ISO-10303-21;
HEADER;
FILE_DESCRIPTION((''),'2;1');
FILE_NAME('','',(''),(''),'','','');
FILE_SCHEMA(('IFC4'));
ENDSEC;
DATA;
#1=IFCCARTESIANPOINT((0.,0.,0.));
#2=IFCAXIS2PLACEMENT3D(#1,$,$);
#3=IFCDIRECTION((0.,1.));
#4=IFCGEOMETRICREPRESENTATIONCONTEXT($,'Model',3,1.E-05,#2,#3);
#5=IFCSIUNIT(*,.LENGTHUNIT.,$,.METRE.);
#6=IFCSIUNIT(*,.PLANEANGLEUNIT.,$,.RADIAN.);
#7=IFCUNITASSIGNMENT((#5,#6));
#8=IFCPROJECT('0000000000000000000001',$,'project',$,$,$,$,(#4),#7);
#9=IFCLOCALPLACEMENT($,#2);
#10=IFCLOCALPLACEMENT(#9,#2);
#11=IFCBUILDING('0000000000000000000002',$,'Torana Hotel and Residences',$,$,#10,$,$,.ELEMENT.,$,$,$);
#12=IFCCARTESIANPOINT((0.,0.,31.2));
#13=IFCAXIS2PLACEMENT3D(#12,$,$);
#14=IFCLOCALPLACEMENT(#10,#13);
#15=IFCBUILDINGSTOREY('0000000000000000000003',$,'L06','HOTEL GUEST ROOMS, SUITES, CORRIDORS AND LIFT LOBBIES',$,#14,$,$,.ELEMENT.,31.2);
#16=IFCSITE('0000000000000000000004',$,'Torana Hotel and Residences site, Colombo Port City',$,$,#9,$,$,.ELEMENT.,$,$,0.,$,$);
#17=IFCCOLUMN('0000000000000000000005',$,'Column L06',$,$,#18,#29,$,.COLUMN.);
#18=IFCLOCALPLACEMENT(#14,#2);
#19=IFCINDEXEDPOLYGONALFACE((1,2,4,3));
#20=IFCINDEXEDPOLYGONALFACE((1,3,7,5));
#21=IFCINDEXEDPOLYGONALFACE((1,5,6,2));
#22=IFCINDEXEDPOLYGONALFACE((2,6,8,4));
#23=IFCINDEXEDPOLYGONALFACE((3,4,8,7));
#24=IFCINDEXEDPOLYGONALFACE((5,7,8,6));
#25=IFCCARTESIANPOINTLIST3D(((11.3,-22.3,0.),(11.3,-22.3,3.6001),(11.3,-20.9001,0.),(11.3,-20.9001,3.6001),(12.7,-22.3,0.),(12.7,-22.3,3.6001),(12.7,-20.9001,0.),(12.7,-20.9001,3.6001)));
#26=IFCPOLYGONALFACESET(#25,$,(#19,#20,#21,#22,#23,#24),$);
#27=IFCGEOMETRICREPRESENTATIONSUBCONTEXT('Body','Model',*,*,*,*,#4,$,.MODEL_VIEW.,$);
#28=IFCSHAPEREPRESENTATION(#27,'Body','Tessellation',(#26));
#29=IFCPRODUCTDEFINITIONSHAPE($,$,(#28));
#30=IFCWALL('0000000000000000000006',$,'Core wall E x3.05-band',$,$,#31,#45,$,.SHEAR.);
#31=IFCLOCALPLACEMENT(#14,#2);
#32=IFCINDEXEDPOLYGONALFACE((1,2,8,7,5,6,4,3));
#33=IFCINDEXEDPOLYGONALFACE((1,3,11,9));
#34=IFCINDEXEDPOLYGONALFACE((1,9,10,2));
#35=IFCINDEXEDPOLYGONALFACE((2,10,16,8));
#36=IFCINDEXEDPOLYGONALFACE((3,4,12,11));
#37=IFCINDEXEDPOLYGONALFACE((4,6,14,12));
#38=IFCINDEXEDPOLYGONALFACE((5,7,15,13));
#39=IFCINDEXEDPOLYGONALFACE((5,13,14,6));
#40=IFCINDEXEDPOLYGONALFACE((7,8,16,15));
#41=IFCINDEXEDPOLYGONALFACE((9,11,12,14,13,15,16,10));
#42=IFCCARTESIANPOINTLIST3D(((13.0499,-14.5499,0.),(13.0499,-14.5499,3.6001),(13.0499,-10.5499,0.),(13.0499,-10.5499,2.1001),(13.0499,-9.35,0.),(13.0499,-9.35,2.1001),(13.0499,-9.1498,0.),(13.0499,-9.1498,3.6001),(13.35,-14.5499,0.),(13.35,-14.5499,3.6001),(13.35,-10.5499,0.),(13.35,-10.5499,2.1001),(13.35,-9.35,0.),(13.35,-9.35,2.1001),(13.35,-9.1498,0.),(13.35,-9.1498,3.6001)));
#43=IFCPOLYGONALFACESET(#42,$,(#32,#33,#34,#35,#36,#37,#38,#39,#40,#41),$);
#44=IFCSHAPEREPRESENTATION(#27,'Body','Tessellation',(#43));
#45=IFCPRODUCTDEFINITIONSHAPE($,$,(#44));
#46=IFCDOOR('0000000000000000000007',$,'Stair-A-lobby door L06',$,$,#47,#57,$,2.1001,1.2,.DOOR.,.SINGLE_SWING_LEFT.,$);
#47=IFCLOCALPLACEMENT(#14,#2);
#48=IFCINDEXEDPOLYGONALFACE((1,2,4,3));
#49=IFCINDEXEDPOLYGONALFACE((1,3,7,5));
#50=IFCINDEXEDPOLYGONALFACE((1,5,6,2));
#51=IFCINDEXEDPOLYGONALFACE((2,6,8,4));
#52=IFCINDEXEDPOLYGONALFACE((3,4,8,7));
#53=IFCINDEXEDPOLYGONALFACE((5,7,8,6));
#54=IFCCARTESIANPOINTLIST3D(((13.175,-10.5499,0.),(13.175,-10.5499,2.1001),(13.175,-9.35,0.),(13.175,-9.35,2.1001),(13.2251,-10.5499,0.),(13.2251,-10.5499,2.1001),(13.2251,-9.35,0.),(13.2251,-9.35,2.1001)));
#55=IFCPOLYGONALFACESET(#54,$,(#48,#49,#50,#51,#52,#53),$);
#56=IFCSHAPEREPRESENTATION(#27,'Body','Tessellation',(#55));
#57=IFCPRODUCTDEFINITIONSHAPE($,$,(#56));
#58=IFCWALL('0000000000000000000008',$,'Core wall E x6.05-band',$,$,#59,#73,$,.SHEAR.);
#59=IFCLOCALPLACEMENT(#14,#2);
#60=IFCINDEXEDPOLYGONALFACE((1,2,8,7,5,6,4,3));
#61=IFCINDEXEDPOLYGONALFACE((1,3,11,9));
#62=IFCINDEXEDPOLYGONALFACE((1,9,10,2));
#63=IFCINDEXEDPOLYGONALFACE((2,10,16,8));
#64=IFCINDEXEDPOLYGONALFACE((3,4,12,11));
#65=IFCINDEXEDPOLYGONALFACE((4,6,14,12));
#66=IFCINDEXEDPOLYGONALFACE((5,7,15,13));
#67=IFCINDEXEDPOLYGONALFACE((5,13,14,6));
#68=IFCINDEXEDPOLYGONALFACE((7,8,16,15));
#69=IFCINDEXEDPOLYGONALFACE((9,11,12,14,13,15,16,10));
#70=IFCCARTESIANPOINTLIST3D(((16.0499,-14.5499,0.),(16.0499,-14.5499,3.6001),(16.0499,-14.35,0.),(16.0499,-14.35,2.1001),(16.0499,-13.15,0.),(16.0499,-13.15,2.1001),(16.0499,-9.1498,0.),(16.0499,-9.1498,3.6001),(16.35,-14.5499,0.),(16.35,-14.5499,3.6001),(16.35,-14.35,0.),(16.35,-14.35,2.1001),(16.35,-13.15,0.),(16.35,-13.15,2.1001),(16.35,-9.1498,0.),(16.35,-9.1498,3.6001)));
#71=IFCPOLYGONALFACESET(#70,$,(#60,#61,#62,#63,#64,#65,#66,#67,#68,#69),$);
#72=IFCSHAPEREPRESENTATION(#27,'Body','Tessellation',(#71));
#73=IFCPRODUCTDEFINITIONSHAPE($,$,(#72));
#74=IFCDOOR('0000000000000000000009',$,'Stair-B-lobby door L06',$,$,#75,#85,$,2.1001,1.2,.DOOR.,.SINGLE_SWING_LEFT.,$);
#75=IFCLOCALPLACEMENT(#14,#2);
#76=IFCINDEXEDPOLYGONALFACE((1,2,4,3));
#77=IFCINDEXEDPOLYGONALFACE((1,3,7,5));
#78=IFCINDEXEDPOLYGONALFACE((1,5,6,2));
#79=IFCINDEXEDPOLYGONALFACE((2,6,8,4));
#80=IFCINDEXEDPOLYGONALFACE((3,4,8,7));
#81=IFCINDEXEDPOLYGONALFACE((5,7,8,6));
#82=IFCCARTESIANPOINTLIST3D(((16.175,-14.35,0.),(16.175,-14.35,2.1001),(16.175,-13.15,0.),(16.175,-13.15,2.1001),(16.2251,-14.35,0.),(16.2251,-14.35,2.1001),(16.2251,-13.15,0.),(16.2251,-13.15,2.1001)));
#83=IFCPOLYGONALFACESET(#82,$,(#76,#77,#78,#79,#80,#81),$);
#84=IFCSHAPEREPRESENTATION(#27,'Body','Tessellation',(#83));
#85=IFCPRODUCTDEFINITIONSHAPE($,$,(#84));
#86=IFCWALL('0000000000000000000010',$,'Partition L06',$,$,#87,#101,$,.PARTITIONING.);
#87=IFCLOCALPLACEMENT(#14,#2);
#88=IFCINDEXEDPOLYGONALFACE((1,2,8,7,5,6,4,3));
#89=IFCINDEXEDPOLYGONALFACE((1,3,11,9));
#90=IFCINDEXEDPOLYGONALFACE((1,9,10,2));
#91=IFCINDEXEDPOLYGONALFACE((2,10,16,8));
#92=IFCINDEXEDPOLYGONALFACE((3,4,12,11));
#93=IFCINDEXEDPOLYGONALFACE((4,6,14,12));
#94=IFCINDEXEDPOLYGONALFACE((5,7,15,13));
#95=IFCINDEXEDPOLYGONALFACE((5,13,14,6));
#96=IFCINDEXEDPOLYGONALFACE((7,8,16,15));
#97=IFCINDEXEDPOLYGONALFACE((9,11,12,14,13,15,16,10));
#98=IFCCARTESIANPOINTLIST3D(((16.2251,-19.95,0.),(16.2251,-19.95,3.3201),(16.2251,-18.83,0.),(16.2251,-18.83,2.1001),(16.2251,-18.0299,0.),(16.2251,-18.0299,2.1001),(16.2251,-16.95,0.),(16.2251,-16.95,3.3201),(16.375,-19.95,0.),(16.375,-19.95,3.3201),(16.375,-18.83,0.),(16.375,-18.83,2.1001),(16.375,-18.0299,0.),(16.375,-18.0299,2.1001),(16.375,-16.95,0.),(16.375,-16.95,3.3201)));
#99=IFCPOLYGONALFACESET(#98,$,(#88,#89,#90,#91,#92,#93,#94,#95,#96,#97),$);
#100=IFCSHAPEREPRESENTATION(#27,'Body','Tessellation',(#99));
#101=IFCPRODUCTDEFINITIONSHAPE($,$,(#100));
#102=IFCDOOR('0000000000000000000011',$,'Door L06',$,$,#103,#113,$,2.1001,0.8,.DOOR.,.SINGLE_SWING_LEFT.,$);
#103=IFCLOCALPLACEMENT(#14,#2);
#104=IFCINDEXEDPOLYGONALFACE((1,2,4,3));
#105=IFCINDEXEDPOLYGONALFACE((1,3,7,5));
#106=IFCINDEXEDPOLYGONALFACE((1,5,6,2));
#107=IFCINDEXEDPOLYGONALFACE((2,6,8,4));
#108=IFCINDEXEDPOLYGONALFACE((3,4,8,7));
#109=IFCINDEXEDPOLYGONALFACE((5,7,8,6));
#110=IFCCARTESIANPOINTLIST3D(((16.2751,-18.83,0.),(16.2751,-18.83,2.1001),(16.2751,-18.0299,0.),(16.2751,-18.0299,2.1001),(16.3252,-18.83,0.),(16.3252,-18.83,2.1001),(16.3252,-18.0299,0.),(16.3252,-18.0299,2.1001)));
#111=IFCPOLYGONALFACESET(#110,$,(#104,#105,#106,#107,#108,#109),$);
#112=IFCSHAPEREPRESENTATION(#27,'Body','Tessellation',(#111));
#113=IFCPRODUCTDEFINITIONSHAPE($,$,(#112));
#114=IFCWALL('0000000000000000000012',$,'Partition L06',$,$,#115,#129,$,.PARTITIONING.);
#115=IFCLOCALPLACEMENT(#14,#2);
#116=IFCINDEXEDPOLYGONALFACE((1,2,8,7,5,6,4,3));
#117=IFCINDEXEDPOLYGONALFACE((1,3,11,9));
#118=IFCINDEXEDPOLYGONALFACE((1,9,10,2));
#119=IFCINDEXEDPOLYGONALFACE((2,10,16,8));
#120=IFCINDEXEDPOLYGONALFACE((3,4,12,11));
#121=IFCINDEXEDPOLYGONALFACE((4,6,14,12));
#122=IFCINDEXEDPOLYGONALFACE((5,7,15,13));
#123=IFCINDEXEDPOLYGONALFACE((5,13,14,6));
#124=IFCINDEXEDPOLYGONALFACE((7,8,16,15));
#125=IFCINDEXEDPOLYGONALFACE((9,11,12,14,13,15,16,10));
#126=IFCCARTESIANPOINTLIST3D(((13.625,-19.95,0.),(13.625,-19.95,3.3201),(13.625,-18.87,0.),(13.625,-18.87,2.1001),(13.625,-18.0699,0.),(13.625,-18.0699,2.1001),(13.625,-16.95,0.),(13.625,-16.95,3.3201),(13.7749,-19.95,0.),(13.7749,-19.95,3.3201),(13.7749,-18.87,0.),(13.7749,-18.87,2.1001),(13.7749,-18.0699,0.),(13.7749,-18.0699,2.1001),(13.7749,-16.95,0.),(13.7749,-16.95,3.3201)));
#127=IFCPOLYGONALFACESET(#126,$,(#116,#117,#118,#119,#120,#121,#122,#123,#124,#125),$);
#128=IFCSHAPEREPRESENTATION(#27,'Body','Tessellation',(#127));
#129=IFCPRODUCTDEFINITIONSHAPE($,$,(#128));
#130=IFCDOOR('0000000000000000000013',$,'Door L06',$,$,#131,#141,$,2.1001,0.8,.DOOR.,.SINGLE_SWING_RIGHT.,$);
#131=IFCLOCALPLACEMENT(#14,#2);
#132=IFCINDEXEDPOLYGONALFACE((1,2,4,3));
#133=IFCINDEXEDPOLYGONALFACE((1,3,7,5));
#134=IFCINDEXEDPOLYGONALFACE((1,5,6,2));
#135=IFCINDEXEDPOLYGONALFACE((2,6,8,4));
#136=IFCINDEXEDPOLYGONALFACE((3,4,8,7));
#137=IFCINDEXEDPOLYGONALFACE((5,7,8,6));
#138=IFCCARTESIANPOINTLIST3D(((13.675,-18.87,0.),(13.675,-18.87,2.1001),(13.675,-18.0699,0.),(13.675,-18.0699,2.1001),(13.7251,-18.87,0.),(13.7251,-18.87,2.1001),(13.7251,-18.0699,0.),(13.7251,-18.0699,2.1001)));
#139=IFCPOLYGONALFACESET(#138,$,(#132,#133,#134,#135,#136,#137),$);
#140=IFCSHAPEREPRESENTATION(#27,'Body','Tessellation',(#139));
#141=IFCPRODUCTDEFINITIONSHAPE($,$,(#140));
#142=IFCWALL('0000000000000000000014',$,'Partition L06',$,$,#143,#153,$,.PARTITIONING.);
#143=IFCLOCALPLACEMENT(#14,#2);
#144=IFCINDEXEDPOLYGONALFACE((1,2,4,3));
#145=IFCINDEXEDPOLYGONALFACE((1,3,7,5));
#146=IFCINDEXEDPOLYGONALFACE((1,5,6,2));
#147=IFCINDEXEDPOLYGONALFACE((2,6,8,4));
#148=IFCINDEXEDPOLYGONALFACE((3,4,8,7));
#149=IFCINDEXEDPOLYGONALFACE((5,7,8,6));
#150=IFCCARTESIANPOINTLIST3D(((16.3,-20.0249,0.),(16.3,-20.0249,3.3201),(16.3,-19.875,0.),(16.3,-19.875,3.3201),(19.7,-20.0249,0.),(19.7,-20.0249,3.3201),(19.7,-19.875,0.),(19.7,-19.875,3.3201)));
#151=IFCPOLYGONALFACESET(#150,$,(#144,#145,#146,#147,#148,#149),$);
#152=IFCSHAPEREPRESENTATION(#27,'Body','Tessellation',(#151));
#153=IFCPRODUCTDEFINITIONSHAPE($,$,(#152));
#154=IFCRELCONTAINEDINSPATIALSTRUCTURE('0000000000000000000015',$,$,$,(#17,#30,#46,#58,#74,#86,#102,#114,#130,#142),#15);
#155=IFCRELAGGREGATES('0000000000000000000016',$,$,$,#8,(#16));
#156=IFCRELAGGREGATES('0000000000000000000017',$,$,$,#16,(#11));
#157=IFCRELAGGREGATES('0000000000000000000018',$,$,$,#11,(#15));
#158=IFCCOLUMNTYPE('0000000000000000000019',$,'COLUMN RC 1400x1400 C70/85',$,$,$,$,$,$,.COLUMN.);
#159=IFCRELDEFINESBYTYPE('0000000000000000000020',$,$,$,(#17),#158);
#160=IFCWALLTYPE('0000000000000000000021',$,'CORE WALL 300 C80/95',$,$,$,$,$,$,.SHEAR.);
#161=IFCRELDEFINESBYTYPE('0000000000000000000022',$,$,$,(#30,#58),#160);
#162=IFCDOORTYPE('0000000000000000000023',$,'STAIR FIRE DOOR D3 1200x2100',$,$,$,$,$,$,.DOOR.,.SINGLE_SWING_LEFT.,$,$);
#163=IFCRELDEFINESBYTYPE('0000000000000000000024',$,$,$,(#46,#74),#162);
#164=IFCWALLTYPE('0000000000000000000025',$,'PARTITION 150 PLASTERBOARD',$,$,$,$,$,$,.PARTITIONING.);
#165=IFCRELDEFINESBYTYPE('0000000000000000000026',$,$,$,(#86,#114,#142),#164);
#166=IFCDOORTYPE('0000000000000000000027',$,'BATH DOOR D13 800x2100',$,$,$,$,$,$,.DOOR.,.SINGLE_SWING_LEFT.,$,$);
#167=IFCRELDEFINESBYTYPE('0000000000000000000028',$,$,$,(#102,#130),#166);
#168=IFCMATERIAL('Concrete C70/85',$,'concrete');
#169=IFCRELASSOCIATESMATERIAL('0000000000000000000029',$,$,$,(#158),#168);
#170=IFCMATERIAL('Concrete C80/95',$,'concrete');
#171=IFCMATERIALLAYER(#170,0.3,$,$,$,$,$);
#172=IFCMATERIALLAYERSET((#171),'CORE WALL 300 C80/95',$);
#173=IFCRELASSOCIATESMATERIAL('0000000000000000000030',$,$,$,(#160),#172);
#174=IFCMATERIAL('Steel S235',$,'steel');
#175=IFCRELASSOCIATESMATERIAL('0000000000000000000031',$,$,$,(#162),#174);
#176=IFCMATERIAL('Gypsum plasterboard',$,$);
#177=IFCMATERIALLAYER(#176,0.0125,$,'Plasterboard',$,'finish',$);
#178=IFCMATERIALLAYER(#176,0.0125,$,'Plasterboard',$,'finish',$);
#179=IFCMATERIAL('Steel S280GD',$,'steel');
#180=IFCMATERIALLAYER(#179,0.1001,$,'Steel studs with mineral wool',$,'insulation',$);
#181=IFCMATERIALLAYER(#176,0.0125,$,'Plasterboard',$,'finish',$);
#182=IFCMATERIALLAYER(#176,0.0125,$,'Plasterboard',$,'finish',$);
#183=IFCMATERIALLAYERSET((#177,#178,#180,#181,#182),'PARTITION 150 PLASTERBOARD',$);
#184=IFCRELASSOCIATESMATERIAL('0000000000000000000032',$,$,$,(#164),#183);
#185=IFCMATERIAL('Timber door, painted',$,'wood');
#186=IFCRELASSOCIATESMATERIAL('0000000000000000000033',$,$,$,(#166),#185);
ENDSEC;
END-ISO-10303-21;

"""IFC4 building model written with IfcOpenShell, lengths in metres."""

from ifc_helpers import new_model, si_unit, direction, frame, frame_2d, origin, origin_2d, place, context, subcontext, project, spatial, rectangle, extrude, material, layer, layer_set, material_profile, profile_set, type_object, element, fill, save


model = new_model("IFC4")

# Units and contexts
model_context = context("Model", 3, precision=1e-05, world=origin(), true_north=direction((0.0, 1.0)))
body_context = subcontext(model_context, "Body", "Model", "MODEL_VIEW")
ifc_project = project(units=[si_unit("LENGTHUNIT", "METRE"), si_unit("PLANEANGLEUNIT", "RADIAN")], contexts=[model_context])

# Site, building, storey
site_placement = place(None, origin())
site = spatial("IfcSite", under=ifc_project, at=site_placement, Name="Torana Hotel and Residences site, Colombo Port City", CompositionType="ELEMENT", RefElevation=0.0)
building_placement = place(site_placement, origin())
building = spatial("IfcBuilding", under=site, at=building_placement, Name="Torana Hotel and Residences", CompositionType="ELEMENT")
storey_placement = place(building_placement, frame((0.0, 0.0, 31.2)))
storey = spatial("IfcBuildingStorey", under=building, at=storey_placement, Name="L06", Description="HOTEL GUEST ROOMS, SUITES, CORRIDORS AND LIFT LOBBIES", CompositionType="ELEMENT", Elevation=31.2)

# Column
ifc_material_1 = material(Name="Concrete C70/85", Category="concrete")
ifc_material_profile = material_profile(ifc_material_1, rectangle(XDim=1.3999, YDim=1.3999, at=origin_2d()), Name="RC 1400x1400")
ifc_profile_set = profile_set([ifc_material_profile], Name="Concrete C70/85")
column_type = type_object("IfcColumnType", Name="COLUMN RC 1400x1400 C70/85", PredefinedType="COLUMN", material=ifc_profile_set)
column_placement = place(storey_placement, frame((12.0, -21.6001, 0.0), z_axis=(0.0, 0.0, 1.0), x_axis=(1.0, 0.0, 0.0)))
element("IfcColumn", 1, at=column_placement, inside=storey, type_object=column_type, Name="Column L06", PredefinedType="COLUMN", context=body_context, shape_type="SweptSolid", body=[
    extrude(rectangle(XDim=1.3999, YDim=1.3999, at=origin_2d()), origin(), (0.0, 0.0, 1.0), 3.6001),
])

# Walls, openings, doors
ifc_material_2 = material(Name="Concrete C80/95", Category="concrete")
ifc_layer_1 = layer(ifc_material_2, 0.3)
ifc_layer_set_1 = layer_set([ifc_layer_1], Name="CORE WALL 300 C80/95")
wall_type_1 = type_object("IfcWallType", Name="CORE WALL 300 C80/95", PredefinedType="SHEAR", material=ifc_layer_set_1)
wall_1_placement = place(storey_placement, frame((13.2, -14.55, 0.0), z_axis=(0.0, 0.0, 1.0), x_axis=(0.0, 1.0, 0.0)))
wall_1 = element("IfcWall", 2, at=wall_1_placement, inside=storey, type_object=wall_type_1, Name="Core wall E x3.05-band", PredefinedType="SHEAR", context=body_context, shape_type="SweptSolid", body=[
    extrude(rectangle(XDim=5.4001, YDim=0.3, at=frame_2d((2.7002, 0.0))), origin(), (0.0, 0.0, 1.0), 3.6001),
])
opening_1_placement = place(wall_1_placement, frame((4.0, 0.0, 0.0)))
opening_1 = element("IfcOpeningElement", 3, at=opening_1_placement, cuts=wall_1, PredefinedType="OPENING", context=body_context, shape_type="SweptSolid", body=[
    extrude(rectangle(XDim=1.2, YDim=2.1001, at=frame_2d((0.6001, 1.05))), frame((0.0, 0.1599, 0.0), z_axis=(0.0, -1.0, 0.0), x_axis=(1.0, 0.0, 0.0)), (0.0, 0.0, 1.0), 0.3201),
])
ifc_material_3 = material(Name="Steel S235", Category="steel")
door_type_1 = type_object("IfcDoorType", Name="STAIR FIRE DOOR D3 1200x2100", OperationType="SINGLE_SWING_LEFT", PredefinedType="DOOR", material=ifc_material_3)
door_1_placement = place(opening_1_placement, origin())
door_1 = element("IfcDoor", 4, at=door_1_placement, inside=storey, type_object=door_type_1, Name="Stair-A-lobby door L06", OperationType="SINGLE_SWING_LEFT", OverallHeight=2.1001, OverallWidth=1.2, PredefinedType="DOOR", context=body_context, shape_type="SweptSolid", body=[
    extrude(rectangle(XDim=1.2, YDim=2.1001, at=frame_2d((0.6001, 1.05))), frame((0.0, 0.0249, 0.0), z_axis=(0.0, -1.0, 0.0), x_axis=(1.0, 0.0, 0.0)), (0.0, 0.0, 1.0), 0.05),
])
fill(opening_1, door_1)
wall_2_placement = place(storey_placement, frame((16.2, -14.55, 0.0), z_axis=(0.0, 0.0, 1.0), x_axis=(0.0, 1.0, 0.0)))
wall_2 = element("IfcWall", 5, at=wall_2_placement, inside=storey, type_object=wall_type_1, Name="Core wall E x6.05-band", PredefinedType="SHEAR", context=body_context, shape_type="SweptSolid", body=[
    extrude(rectangle(XDim=5.4001, YDim=0.3, at=frame_2d((2.7002, 0.0))), origin(), (0.0, 0.0, 1.0), 3.6001),
])
opening_2_placement = place(wall_2_placement, frame((0.2, 0.0, 0.0)))
opening_2 = element("IfcOpeningElement", 6, at=opening_2_placement, cuts=wall_2, PredefinedType="OPENING", context=body_context, shape_type="SweptSolid", body=[
    extrude(rectangle(XDim=1.2, YDim=2.1001, at=frame_2d((0.6001, 1.05))), frame((0.0, 0.1599, 0.0), z_axis=(0.0, -1.0, 0.0), x_axis=(1.0, 0.0, 0.0)), (0.0, 0.0, 1.0), 0.3201),
])
door_2_placement = place(opening_2_placement, frame((0.6001, 0.0, 0.0), z_axis=(0.0, 0.0, 1.0), x_axis=(-1.0, 0.0, 0.0)))
door_2 = element("IfcDoor", 7, at=door_2_placement, inside=storey, type_object=door_type_1, Name="Stair-B-lobby door L06", OperationType="SINGLE_SWING_LEFT", OverallHeight=2.1001, OverallWidth=1.2, PredefinedType="DOOR", context=body_context, shape_type="SweptSolid", body=[
    extrude(rectangle(XDim=1.2, YDim=2.1001, at=frame_2d((0.0, 1.05))), frame((0.0, -0.0249, 0.0), z_axis=(0.0, 1.0, 0.0), x_axis=(-1.0, 0.0, 0.0)), (0.0, 0.0, 1.0), 0.05),
])
fill(opening_2, door_2)
ifc_material_4 = material(Name="Gypsum plasterboard")
ifc_layer_2 = layer(ifc_material_4, 0.0125, Name="Plasterboard", Category="finish")
ifc_layer_3 = layer(ifc_material_4, 0.0125, Name="Plasterboard", Category="finish")
ifc_material_5 = material(Name="Steel S280GD", Category="steel")
ifc_layer_4 = layer(ifc_material_5, 0.1001, Name="Steel studs with mineral wool", Category="insulation")
ifc_layer_5 = layer(ifc_material_4, 0.0125, Name="Plasterboard", Category="finish")
ifc_layer_6 = layer(ifc_material_4, 0.0125, Name="Plasterboard", Category="finish")
ifc_layer_set_2 = layer_set([ifc_layer_2, ifc_layer_3, ifc_layer_4, ifc_layer_5, ifc_layer_6], Name="PARTITION 150 PLASTERBOARD")
wall_type_2 = type_object("IfcWallType", Name="PARTITION 150 PLASTERBOARD", PredefinedType="PARTITIONING", material=ifc_layer_set_2)
wall_3_placement = place(storey_placement, frame((16.3, -19.95, 0.0), z_axis=(0.0, 0.0, 1.0), x_axis=(0.0, 1.0, 0.0)))
wall_3 = element("IfcWall", 8, at=wall_3_placement, inside=storey, type_object=wall_type_2, Name="Partition L06", PredefinedType="PARTITIONING", context=body_context, shape_type="SweptSolid", body=[
    extrude(rectangle(XDim=3.0, YDim=0.1499, at=frame_2d((1.5, 0.0))), origin(), (0.0, 0.0, 1.0), 3.3201),
])
opening_3_placement = place(wall_3_placement, frame((1.1201, 0.0, 0.0)))
opening_3 = element("IfcOpeningElement", 9, at=opening_3_placement, cuts=wall_3, PredefinedType="OPENING", context=body_context, shape_type="SweptSolid", body=[
    extrude(rectangle(XDim=0.8, YDim=2.1001, at=frame_2d((0.3999, 1.05))), frame((0.0, 0.085, 0.0), z_axis=(0.0, -1.0, 0.0), x_axis=(1.0, 0.0, 0.0)), (0.0, 0.0, 1.0), 0.1699),
])
ifc_material_6 = material(Name="Timber door, painted", Category="wood")
door_type_2 = type_object("IfcDoorType", Name="BATH DOOR D13 800x2100", OperationType="SINGLE_SWING_LEFT", PredefinedType="DOOR", material=ifc_material_6)
door_3_placement = place(opening_3_placement, origin())
door_3 = element("IfcDoor", 10, at=door_3_placement, inside=storey, type_object=door_type_2, Name="Door L06", OperationType="SINGLE_SWING_LEFT", OverallHeight=2.1001, OverallWidth=0.8, PredefinedType="DOOR", context=body_context, shape_type="SweptSolid", body=[
    extrude(rectangle(XDim=0.8, YDim=2.1001, at=frame_2d((0.3999, 1.05))), frame((0.0, 0.0249, 0.0), z_axis=(0.0, -1.0, 0.0), x_axis=(1.0, 0.0, 0.0)), (0.0, 0.0, 1.0), 0.05),
])
fill(opening_3, door_3)
wall_4_placement = place(storey_placement, frame((13.7, -19.95, 0.0), z_axis=(0.0, 0.0, 1.0), x_axis=(0.0, 1.0, 0.0)))
wall_4 = element("IfcWall", 11, at=wall_4_placement, inside=storey, type_object=wall_type_2, Name="Partition L06", PredefinedType="PARTITIONING", context=body_context, shape_type="SweptSolid", body=[
    extrude(rectangle(XDim=3.0, YDim=0.1499, at=frame_2d((1.5, 0.0))), origin(), (0.0, 0.0, 1.0), 3.3201),
])
opening_4_placement = place(wall_4_placement, frame((1.0801, 0.0, 0.0)))
opening_4 = element("IfcOpeningElement", 12, at=opening_4_placement, cuts=wall_4, PredefinedType="OPENING", context=body_context, shape_type="SweptSolid", body=[
    extrude(rectangle(XDim=0.8, YDim=2.1001, at=frame_2d((0.3999, 1.05))), frame((0.0, 0.085, 0.0), z_axis=(0.0, -1.0, 0.0), x_axis=(1.0, 0.0, 0.0)), (0.0, 0.0, 1.0), 0.1699),
])
door_4_placement = place(opening_4_placement, origin())
door_4 = element("IfcDoor", 13, at=door_4_placement, inside=storey, type_object=door_type_2, Name="Door L06", OperationType="SINGLE_SWING_RIGHT", OverallHeight=2.1001, OverallWidth=0.8, PredefinedType="DOOR", context=body_context, shape_type="SweptSolid", body=[
    extrude(rectangle(XDim=0.8, YDim=2.1001, at=frame_2d((0.3999, 1.05))), frame((0.0, 0.0249, 0.0), z_axis=(0.0, -1.0, 0.0), x_axis=(1.0, 0.0, 0.0)), (0.0, 0.0, 1.0), 0.05),
])
fill(opening_4, door_4)

# Wall
wall_5_placement = place(storey_placement, frame((16.3, -19.95, 0.0), z_axis=(0.0, 0.0, 1.0), x_axis=(1.0, 0.0, 0.0)))
element("IfcWall", 14, at=wall_5_placement, inside=storey, type_object=wall_type_2, Name="Partition L06", PredefinedType="PARTITIONING", context=body_context, shape_type="SweptSolid", body=[
    extrude(rectangle(XDim=3.3999, YDim=0.1499, at=frame_2d((1.7, 0.0))), origin(), (0.0, 0.0, 1.0), 3.3201),
])

save(model, "model.ifc")
